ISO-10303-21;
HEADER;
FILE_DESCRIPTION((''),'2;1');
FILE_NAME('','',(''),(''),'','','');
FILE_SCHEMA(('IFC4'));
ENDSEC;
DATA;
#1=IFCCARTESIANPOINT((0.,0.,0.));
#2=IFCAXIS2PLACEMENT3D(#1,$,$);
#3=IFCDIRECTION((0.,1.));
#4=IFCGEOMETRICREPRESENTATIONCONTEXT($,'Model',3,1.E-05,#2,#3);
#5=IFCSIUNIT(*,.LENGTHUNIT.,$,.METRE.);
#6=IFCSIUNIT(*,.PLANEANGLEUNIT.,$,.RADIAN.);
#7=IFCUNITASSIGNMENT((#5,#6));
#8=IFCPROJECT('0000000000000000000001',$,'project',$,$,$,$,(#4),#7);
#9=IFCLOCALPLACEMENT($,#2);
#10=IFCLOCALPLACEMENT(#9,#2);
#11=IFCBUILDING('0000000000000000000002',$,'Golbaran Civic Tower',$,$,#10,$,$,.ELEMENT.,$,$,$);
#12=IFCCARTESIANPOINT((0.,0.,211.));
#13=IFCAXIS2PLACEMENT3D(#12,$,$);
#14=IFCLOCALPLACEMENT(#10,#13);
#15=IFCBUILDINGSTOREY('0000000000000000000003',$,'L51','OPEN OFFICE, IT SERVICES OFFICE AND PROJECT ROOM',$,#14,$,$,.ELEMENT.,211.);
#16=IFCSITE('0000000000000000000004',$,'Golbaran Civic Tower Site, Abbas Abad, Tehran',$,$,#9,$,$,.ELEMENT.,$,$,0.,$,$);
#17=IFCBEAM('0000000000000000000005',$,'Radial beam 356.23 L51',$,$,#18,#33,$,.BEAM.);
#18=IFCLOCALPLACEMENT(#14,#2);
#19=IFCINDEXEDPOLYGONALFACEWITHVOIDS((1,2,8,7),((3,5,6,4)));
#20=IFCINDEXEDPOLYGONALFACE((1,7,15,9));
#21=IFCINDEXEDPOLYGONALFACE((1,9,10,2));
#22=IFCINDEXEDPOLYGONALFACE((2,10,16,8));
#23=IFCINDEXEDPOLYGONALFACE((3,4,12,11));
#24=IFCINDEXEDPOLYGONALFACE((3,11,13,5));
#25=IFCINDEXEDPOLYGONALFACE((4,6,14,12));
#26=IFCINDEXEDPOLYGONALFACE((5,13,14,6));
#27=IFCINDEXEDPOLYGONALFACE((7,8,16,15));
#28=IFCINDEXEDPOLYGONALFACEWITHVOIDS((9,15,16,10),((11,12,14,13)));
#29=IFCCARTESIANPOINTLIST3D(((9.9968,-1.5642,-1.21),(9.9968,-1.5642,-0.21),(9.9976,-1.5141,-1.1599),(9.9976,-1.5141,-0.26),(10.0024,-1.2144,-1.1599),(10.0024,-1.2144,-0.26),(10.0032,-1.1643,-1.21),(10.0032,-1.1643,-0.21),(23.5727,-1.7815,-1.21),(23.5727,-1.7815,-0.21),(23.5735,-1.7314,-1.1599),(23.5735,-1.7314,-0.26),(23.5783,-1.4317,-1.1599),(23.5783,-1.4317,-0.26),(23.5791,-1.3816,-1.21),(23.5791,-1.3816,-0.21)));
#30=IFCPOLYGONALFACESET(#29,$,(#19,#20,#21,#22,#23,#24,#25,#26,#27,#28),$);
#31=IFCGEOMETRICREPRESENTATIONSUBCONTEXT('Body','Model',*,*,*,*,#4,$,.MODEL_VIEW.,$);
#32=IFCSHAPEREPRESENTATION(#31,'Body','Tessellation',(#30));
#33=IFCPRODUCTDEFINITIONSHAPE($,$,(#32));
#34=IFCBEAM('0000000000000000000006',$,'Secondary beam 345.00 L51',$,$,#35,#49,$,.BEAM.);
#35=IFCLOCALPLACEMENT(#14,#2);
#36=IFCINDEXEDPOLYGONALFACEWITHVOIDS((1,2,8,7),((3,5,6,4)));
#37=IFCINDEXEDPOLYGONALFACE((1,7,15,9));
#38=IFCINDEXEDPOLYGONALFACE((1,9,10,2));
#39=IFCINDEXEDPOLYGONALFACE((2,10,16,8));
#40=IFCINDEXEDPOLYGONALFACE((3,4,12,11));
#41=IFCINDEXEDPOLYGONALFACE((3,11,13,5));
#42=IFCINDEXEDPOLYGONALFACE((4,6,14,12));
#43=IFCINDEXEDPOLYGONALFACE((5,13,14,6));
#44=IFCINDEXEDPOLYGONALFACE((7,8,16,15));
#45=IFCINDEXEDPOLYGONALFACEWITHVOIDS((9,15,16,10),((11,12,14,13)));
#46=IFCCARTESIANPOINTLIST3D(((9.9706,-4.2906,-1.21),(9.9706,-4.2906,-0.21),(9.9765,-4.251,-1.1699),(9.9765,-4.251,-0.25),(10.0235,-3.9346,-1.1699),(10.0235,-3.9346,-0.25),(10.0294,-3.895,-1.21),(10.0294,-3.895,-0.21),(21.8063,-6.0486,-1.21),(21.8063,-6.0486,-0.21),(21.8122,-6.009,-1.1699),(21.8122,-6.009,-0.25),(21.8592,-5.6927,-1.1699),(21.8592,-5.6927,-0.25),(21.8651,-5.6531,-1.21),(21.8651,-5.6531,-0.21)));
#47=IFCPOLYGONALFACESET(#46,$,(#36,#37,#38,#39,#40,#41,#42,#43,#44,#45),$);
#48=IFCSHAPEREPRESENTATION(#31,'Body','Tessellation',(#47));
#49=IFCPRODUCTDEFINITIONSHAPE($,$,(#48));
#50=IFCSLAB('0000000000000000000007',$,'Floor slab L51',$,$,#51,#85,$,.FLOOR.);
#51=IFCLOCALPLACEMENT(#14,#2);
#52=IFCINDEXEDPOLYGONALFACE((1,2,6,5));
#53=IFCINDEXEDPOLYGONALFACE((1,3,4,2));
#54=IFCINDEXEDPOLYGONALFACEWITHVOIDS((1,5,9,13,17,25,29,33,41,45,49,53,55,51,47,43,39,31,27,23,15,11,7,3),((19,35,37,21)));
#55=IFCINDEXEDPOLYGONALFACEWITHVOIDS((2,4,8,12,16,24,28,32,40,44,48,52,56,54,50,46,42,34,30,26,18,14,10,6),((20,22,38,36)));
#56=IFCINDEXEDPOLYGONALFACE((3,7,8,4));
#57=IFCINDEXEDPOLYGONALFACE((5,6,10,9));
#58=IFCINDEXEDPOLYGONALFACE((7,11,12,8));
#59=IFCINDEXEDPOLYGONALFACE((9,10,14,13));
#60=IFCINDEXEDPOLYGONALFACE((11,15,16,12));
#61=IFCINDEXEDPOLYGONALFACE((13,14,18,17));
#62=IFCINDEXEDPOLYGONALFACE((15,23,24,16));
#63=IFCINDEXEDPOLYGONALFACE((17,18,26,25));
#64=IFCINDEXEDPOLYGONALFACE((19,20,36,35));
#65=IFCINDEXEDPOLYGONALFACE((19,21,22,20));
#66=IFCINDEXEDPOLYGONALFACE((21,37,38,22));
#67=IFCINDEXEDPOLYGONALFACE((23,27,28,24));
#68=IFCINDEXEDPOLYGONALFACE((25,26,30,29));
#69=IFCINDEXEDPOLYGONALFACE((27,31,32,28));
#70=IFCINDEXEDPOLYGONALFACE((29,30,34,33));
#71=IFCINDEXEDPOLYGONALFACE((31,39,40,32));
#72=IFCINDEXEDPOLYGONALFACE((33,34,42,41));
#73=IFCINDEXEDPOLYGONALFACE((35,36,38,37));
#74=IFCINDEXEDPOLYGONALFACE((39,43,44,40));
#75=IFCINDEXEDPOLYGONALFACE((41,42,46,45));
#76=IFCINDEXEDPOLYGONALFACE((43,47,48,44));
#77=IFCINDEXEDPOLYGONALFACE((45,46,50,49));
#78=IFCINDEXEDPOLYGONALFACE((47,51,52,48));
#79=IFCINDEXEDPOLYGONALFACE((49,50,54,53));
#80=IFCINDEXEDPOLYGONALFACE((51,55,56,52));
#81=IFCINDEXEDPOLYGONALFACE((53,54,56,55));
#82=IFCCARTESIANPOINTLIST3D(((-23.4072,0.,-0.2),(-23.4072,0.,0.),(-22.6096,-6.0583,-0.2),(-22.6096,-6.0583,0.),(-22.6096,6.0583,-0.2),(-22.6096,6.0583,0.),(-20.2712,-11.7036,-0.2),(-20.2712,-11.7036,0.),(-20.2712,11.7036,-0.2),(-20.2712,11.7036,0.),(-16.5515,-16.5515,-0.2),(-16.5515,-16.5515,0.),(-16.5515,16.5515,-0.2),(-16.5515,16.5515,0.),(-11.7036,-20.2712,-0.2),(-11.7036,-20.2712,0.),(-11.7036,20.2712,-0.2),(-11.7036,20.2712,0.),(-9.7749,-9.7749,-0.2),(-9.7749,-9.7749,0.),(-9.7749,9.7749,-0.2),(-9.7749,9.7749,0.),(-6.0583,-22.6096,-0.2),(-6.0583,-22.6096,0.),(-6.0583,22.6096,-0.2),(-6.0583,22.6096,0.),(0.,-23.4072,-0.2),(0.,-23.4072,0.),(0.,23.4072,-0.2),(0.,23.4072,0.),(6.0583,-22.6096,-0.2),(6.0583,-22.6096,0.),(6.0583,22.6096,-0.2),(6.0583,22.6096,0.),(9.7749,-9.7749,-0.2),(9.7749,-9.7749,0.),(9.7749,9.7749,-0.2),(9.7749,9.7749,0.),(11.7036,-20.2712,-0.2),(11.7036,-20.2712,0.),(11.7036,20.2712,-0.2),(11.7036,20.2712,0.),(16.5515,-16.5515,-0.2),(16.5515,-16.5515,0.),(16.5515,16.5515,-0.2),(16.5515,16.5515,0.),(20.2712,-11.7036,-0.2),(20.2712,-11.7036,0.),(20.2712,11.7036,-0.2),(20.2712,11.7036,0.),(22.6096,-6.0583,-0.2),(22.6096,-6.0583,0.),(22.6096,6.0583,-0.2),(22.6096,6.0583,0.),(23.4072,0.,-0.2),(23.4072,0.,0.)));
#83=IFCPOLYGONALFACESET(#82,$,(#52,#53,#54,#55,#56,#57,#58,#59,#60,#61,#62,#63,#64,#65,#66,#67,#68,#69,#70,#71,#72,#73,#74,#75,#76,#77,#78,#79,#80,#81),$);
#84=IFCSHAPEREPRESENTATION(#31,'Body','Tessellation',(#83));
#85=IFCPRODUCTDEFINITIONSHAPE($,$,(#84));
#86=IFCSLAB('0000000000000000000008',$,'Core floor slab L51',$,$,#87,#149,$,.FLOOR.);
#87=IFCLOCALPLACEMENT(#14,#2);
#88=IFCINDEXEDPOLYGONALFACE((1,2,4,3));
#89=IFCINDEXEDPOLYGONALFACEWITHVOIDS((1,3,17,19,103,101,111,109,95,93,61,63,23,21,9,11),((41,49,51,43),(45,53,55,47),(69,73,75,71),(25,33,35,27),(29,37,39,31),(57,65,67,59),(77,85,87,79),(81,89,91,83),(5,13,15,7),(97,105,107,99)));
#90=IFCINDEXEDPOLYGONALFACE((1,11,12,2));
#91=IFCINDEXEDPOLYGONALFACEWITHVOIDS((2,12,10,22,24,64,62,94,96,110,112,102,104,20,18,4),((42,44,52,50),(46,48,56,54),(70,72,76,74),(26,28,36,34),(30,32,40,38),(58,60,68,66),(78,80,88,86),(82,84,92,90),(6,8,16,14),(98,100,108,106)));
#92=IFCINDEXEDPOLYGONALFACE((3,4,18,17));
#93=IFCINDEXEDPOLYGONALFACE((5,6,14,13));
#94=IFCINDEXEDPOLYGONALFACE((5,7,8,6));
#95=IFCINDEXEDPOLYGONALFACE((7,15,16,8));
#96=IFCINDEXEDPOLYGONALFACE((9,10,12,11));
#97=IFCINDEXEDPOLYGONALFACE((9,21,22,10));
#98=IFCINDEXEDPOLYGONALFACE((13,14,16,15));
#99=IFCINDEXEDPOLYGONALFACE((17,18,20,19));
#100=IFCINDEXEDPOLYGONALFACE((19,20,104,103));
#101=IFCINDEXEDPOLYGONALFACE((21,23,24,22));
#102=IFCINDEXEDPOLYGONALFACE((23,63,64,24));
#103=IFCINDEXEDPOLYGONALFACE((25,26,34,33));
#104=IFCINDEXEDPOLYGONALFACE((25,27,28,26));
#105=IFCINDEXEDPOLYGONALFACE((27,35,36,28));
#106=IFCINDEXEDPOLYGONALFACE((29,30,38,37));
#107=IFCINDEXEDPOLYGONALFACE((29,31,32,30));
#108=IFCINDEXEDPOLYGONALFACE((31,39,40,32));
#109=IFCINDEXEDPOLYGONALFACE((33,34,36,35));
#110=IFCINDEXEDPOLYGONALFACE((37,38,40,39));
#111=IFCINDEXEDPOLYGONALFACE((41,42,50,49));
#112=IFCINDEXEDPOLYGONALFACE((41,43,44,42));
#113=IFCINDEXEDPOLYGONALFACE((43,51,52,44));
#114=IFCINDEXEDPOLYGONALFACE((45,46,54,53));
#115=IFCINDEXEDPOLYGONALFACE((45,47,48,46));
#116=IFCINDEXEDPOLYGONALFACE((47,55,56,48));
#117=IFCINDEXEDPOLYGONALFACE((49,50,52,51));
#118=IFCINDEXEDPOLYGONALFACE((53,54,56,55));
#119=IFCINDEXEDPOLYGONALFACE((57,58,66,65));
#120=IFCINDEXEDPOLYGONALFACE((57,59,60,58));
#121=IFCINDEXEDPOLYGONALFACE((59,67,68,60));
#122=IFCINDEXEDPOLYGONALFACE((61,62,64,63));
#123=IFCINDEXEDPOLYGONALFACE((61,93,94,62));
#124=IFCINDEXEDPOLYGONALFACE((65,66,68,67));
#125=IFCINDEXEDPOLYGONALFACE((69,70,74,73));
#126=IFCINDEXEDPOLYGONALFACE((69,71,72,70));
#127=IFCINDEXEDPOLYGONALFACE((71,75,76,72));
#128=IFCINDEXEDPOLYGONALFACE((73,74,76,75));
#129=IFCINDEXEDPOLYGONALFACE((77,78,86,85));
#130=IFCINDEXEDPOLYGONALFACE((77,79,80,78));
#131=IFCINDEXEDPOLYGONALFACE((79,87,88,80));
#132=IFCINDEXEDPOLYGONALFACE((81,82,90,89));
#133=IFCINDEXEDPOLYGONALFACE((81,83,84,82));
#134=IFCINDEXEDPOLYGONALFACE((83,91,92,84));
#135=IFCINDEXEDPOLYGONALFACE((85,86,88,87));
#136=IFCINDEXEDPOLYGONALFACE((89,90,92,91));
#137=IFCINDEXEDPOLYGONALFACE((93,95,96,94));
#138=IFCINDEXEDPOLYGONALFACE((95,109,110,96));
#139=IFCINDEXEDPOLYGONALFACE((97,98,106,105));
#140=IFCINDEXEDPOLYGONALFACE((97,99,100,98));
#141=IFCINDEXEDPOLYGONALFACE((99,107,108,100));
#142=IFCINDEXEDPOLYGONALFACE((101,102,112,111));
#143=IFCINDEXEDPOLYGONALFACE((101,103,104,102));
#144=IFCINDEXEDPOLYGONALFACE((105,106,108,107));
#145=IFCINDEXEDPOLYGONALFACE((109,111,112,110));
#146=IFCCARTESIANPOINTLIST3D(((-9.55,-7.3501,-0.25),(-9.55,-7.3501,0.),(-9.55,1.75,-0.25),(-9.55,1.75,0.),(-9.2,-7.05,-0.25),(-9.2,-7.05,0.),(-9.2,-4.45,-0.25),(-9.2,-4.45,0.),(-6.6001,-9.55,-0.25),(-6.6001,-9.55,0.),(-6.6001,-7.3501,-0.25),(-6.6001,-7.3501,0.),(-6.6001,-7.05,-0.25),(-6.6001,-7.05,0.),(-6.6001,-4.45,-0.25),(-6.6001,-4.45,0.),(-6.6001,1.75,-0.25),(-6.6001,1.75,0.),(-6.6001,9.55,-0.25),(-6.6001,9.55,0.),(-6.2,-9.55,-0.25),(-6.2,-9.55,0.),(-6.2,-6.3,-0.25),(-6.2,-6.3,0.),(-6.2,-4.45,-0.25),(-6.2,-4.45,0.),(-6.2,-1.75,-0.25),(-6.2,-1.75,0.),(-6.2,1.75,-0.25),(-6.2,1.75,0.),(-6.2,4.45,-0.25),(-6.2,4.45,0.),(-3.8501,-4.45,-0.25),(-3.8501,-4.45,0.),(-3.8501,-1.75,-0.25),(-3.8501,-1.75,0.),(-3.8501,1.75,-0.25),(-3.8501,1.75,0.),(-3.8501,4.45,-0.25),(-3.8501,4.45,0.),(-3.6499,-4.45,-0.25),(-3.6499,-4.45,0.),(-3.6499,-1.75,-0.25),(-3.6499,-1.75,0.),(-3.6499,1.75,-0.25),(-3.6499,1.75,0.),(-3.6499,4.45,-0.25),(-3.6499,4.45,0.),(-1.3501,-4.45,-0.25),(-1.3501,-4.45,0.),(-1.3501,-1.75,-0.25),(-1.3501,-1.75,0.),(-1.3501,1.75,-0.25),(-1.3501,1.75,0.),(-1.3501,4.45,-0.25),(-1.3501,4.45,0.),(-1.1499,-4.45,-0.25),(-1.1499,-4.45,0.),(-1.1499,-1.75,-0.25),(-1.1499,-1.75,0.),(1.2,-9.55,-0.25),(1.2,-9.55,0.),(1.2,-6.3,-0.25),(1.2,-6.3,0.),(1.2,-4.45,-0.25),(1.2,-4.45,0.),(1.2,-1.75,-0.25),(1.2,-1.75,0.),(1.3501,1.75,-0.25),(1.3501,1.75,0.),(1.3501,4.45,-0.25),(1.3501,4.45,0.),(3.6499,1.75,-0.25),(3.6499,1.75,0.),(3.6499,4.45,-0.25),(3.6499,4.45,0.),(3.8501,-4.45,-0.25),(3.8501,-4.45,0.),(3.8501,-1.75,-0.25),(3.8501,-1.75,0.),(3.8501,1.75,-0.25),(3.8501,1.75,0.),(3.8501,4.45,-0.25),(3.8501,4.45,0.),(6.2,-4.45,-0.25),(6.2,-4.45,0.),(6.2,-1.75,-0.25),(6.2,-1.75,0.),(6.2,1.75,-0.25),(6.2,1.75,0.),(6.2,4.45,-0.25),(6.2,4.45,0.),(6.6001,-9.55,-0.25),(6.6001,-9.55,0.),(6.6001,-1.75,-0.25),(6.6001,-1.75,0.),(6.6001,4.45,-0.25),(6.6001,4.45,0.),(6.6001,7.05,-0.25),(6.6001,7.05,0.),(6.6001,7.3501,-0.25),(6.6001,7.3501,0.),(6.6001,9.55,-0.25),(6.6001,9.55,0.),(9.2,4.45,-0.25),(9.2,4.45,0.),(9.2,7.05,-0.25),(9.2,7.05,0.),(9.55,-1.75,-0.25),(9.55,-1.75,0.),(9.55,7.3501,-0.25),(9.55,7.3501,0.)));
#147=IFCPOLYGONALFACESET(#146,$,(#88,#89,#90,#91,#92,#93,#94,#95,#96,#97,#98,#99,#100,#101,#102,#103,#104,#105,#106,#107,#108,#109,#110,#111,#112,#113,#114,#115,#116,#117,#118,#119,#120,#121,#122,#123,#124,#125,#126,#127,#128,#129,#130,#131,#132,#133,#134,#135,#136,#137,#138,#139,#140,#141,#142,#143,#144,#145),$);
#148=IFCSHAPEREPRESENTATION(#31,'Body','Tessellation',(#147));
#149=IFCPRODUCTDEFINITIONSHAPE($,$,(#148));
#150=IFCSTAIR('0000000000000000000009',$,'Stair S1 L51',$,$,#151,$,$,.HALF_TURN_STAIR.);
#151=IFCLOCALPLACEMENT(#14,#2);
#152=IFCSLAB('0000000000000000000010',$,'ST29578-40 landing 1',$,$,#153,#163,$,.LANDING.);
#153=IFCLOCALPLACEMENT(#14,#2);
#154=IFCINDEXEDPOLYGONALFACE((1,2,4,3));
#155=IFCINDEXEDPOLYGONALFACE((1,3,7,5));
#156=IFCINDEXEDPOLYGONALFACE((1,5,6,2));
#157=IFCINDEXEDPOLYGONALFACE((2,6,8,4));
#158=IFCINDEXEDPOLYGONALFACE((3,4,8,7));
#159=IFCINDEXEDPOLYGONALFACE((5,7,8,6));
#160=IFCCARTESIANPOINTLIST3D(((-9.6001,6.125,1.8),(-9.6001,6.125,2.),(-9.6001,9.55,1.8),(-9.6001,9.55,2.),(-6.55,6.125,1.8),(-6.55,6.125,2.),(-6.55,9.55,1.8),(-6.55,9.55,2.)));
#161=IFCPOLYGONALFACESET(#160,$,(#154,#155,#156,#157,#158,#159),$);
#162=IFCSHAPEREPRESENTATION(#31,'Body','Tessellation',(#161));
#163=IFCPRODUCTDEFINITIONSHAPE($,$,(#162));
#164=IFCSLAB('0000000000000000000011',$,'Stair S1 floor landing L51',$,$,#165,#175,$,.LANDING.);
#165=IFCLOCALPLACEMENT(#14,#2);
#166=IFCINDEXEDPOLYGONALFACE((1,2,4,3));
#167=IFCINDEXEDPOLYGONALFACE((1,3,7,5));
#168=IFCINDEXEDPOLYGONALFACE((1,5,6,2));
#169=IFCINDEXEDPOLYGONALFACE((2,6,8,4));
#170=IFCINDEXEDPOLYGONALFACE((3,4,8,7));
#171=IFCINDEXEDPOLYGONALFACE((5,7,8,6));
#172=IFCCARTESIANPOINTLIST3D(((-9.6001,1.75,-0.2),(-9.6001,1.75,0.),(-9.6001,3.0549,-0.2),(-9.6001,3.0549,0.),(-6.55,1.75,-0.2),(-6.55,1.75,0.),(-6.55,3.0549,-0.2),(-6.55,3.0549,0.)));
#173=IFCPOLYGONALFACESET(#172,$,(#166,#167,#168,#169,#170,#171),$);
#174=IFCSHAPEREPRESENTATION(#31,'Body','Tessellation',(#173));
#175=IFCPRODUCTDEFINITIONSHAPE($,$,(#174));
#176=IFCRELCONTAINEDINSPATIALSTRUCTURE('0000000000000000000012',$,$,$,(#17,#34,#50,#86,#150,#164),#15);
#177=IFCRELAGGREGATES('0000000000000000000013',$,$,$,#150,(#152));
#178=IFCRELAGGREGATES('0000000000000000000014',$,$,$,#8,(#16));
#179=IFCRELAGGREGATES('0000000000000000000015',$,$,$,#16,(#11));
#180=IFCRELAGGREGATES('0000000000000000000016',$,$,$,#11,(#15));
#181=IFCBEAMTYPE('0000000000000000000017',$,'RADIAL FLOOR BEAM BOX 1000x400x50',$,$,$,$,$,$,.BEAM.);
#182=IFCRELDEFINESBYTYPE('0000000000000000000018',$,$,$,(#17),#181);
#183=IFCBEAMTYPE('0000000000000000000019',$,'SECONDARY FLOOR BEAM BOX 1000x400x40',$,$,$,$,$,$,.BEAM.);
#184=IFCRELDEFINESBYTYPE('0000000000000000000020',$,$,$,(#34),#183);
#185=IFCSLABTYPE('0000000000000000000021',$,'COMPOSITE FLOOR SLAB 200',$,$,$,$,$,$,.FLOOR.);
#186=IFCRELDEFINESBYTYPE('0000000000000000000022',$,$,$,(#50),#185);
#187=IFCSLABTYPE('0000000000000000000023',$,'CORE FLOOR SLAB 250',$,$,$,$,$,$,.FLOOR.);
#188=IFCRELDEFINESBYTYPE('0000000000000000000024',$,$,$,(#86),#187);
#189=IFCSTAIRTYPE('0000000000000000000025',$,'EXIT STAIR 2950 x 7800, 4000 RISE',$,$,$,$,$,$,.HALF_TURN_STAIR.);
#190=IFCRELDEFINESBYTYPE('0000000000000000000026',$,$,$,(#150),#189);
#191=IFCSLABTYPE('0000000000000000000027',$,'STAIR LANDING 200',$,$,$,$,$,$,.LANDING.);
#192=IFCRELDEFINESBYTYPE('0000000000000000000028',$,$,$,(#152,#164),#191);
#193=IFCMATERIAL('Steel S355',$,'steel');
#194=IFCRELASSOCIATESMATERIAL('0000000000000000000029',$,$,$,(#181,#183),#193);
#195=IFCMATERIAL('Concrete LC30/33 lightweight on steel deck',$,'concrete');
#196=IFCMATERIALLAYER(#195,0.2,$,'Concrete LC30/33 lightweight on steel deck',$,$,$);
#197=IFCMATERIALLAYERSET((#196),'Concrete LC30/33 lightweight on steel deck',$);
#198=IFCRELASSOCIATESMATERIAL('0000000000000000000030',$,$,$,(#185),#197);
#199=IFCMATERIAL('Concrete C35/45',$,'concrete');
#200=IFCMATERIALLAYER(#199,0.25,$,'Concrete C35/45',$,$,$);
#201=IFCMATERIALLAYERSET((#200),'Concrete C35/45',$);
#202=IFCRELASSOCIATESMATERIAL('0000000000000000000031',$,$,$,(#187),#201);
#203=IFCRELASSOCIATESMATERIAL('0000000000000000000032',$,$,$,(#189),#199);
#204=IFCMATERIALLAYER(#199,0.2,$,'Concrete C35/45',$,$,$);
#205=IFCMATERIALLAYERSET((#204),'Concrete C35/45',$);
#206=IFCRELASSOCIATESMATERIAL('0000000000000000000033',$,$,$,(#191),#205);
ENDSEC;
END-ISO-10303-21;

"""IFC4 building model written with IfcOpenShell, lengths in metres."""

from ifc_helpers import new_model, si_unit, direction, frame, origin, origin_2d, place, context, subcontext, project, spatial, polyline, hollow_rectangle, outline, extrude, material, layer, layer_set, material_profile, profile_set, type_object, element, aggregate, save


model = new_model("IFC4")

# Units and contexts
model_context = context("Model", 3, precision=1e-05, world=origin(), true_north=direction((0.0, 1.0)))
body_context = subcontext(model_context, "Body", "Model", "MODEL_VIEW")
ifc_project = project(units=[si_unit("LENGTHUNIT", "METRE"), si_unit("PLANEANGLEUNIT", "RADIAN")], contexts=[model_context])

# Site, building, storey
site_placement = place(None, origin())
site = spatial("IfcSite", under=ifc_project, at=site_placement, Name="Golbaran Civic Tower Site, Abbas Abad, Tehran", CompositionType="ELEMENT", RefElevation=0.0)
building_placement = place(site_placement, origin())
building = spatial("IfcBuilding", under=site, at=building_placement, Name="Golbaran Civic Tower", CompositionType="ELEMENT")
storey_placement = place(building_placement, frame((0.0, 0.0, 211.0)))
storey = spatial("IfcBuildingStorey", under=building, at=storey_placement, Name="L51", Description="OPEN OFFICE, IT SERVICES OFFICE AND PROJECT ROOM", CompositionType="ELEMENT", Elevation=211.0)

# Beams
ifc_material_1 = material(Name="Steel S355", Category="steel")
ifc_material_profile_1 = material_profile(ifc_material_1, hollow_rectangle(XDim=0.3999, YDim=1.0, WallThickness=0.05, at=origin_2d()), Name="BOX 1000x400x50")
ifc_profile_set_1 = profile_set([ifc_material_profile_1], Name="Steel S355")
beam_type_1 = type_object("IfcBeamType", Name="RADIAL FLOOR BEAM BOX 1000x400x50", PredefinedType="BEAM", material=ifc_profile_set_1)
beam_1_placement = place(storey_placement, frame((10.0, -1.3643, -0.71), z_axis=(0.999872, -0.016003, 0.0), x_axis=(0.016003, 0.999872, 0.0)))
element("IfcBeam", 1, at=beam_1_placement, inside=storey, type_object=beam_type_1, Name="Radial beam 356.23 L51", PredefinedType="BEAM", context=body_context, shape_type="SweptSolid", body=[
    extrude(hollow_rectangle(XDim=0.3999, YDim=1.0, WallThickness=0.05, at=origin_2d()), origin(), (0.0, 0.0, 1.0), 13.5776),
])
ifc_material_profile_2 = material_profile(ifc_material_1, hollow_rectangle(XDim=0.3999, YDim=1.0, WallThickness=0.04, at=origin_2d()), Name="BOX 1000x400x40")
ifc_profile_set_2 = profile_set([ifc_material_profile_2], Name="Steel S355")
beam_type_2 = type_object("IfcBeamType", Name="SECONDARY FLOOR BEAM BOX 1000x400x40", PredefinedType="BEAM", material=ifc_profile_set_2)
beam_2_placement = place(storey_placement, frame((10.0, -4.0928, -0.71), z_axis=(0.989147, -0.146927, 0.0), x_axis=(0.146927, 0.989147, 0.0)))
element("IfcBeam", 2, at=beam_2_placement, inside=storey, type_object=beam_type_2, Name="Secondary beam 345.00 L51", PredefinedType="BEAM", context=body_context, shape_type="SweptSolid", body=[
    extrude(hollow_rectangle(XDim=0.3999, YDim=1.0, WallThickness=0.04, at=origin_2d()), origin(), (0.0, 0.0, 1.0), 11.9656),
])

# Slabs
ifc_material_2 = material(Name="Concrete LC30/33 lightweight on steel deck", Category="concrete")
ifc_layer_1 = layer(ifc_material_2, 0.2, Name="Concrete LC30/33 lightweight on steel deck")
ifc_layer_set_1 = layer_set([ifc_layer_1], Name="Concrete LC30/33 lightweight on steel deck")
slab_type_1 = type_object("IfcSlabType", Name="COMPOSITE FLOOR SLAB 200", PredefinedType="FLOOR", material=ifc_layer_set_1)
slab_1_placement = place(storey_placement, frame((0.0, 0.0, -0.2)))
element("IfcSlab", 3, at=slab_1_placement, inside=storey, type_object=slab_type_1, Name="Floor slab L51", PredefinedType="FLOOR", context=body_context, shape_type="SweptSolid", body=[
    extrude(outline(polyline([(20.2712, -11.7036), (16.5515, -16.5515), (11.7036, -20.2712), (6.0583, -22.6096), (0.0, -23.4072), (-6.0583, -22.6096), (-11.7036, -20.2712), (-16.5515, -16.5515), (-20.2712, -11.7036), (-22.6096, -6.0583), (-23.4072, 0.0), (-22.6096, 6.0583), (-20.2712, 11.7036), (-16.5515, 16.5515), (-11.7036, 20.2712), (-6.0583, 22.6096), (0.0, 23.4072), (6.0583, 22.6096), (11.7036, 20.2712), (16.5515, 16.5515), (20.2712, 11.7036), (22.6096, 6.0583), (23.4072, 0.0), (22.6096, -6.0583), (20.2712, -11.7036)]), holes=[polyline([(-9.7749, 9.7749), (-9.7749, -9.7749), (9.7749, -9.7749), (9.7749, 9.7749), (-9.7749, 9.7749)])]), origin(), (0.0, 0.0, 1.0), 0.2),
])
ifc_material_3 = material(Name="Concrete C35/45", Category="concrete")
ifc_layer_2 = layer(ifc_material_3, 0.25, Name="Concrete C35/45")
ifc_layer_set_2 = layer_set([ifc_layer_2], Name="Concrete C35/45")
slab_type_2 = type_object("IfcSlabType", Name="CORE FLOOR SLAB 250", PredefinedType="FLOOR", material=ifc_layer_set_2)
slab_2_placement = place(storey_placement, frame((0.0, 0.0, -0.25)))
element("IfcSlab", 4, at=slab_2_placement, inside=storey, type_object=slab_type_2, Name="Core floor slab L51", PredefinedType="FLOOR", context=body_context, shape_type="SweptSolid", body=[
    extrude(outline(polyline([(6.6001, -1.75), (6.6001, -9.55), (1.2, -9.55), (1.2, -6.3), (-6.2, -6.3), (-6.2, -9.55), (-6.6001, -9.55), (-6.6001, -7.3501), (-9.55, -7.3501), (-9.55, 1.75), (-6.6001, 1.75), (-6.6001, 9.55), (6.6001, 9.55), (6.6001, 7.3501), (9.55, 7.3501), (9.55, -1.75), (6.6001, -1.75)]), holes=[polyline([(9.2, 7.05), (6.6001, 7.05), (6.6001, 4.45), (9.2, 4.45), (9.2, 7.05)]), polyline([(6.2, -1.75), (3.8501, -1.75), (3.8501, -4.45), (6.2, -4.45), (6.2, -1.75)]), polyline([(6.2, 4.45), (3.8501, 4.45), (3.8501, 1.75), (6.2, 1.75), (6.2, 4.45)]), polyline([(3.6499, 4.45), (1.3501, 4.45), (1.3501, 1.75), (3.6499, 1.75), (3.6499, 4.45)]), polyline([(1.2, -1.75), (-1.1499, -1.75), (-1.1499, -4.45), (1.2, -4.45), (1.2, -1.75)]), polyline([(-1.3501, 4.45), (-3.6499, 4.45), (-3.6499, 1.75), (-1.3501, 1.75), (-1.3501, 4.45)]), polyline([(-1.3501, -1.75), (-3.6499, -1.75), (-3.6499, -4.45), (-1.3501, -4.45), (-1.3501, -1.75)]), polyline([(-3.8501, -1.75), (-6.2, -1.75), (-6.2, -4.45), (-3.8501, -4.45), (-3.8501, -1.75)]), polyline([(-3.8501, 4.45), (-6.2, 4.45), (-6.2, 1.75), (-3.8501, 1.75), (-3.8501, 4.45)]), polyline([(-6.6001, -4.45), (-9.2, -4.45), (-9.2, -7.05), (-6.6001, -7.05), (-6.6001, -4.45)])]), origin(), (0.0, 0.0, 1.0), 0.25),
])

# Stair, slab
stair_type = type_object("IfcStairType", Name="EXIT STAIR 2950 x 7800, 4000 RISE", PredefinedType="HALF_TURN_STAIR", material=ifc_material_3)
stair_1_placement = place(storey_placement, origin())
stair_1 = element("IfcStair", 5, at=stair_1_placement, inside=storey, type_object=stair_type, Name="Stair S1 L51", PredefinedType="HALF_TURN_STAIR")
ifc_layer_3 = layer(ifc_material_3, 0.2, Name="Concrete C35/45")
ifc_layer_set_3 = layer_set([ifc_layer_3], Name="Concrete C35/45")
slab_type_3 = type_object("IfcSlabType", Name="STAIR LANDING 200", PredefinedType="LANDING", material=ifc_layer_set_3)
slab_3_placement = place(storey_placement, frame((0.0, 0.0, 1.8)))
slab_3 = element("IfcSlab", 6, at=slab_3_placement, type_object=slab_type_3, Name="ST29578-40 landing 1", PredefinedType="LANDING", context=body_context, shape_type="SweptSolid", body=[
    extrude(outline(polyline([(-9.6001, 6.125), (-9.6001, 9.55), (-6.55, 9.55), (-6.55, 6.125), (-9.6001, 6.125)])), origin(), (0.0, 0.0, 1.0), 0.2),
])
aggregate(stair_1, [slab_3])

# Slab
slab_4_placement = place(storey_placement, frame((0.0, 0.0, -0.2)))
element("IfcSlab", 7, at=slab_4_placement, inside=storey, type_object=slab_type_3, Name="Stair S1 floor landing L51", PredefinedType="LANDING", context=body_context, shape_type="SweptSolid", body=[
    extrude(outline(polyline([(-9.6001, 1.75), (-9.6001, 3.0549), (-6.55, 3.0549), (-6.55, 1.75), (-9.6001, 1.75)])), origin(), (0.0, 0.0, 1.0), 0.2),
])

save(model, "model.ifc")
